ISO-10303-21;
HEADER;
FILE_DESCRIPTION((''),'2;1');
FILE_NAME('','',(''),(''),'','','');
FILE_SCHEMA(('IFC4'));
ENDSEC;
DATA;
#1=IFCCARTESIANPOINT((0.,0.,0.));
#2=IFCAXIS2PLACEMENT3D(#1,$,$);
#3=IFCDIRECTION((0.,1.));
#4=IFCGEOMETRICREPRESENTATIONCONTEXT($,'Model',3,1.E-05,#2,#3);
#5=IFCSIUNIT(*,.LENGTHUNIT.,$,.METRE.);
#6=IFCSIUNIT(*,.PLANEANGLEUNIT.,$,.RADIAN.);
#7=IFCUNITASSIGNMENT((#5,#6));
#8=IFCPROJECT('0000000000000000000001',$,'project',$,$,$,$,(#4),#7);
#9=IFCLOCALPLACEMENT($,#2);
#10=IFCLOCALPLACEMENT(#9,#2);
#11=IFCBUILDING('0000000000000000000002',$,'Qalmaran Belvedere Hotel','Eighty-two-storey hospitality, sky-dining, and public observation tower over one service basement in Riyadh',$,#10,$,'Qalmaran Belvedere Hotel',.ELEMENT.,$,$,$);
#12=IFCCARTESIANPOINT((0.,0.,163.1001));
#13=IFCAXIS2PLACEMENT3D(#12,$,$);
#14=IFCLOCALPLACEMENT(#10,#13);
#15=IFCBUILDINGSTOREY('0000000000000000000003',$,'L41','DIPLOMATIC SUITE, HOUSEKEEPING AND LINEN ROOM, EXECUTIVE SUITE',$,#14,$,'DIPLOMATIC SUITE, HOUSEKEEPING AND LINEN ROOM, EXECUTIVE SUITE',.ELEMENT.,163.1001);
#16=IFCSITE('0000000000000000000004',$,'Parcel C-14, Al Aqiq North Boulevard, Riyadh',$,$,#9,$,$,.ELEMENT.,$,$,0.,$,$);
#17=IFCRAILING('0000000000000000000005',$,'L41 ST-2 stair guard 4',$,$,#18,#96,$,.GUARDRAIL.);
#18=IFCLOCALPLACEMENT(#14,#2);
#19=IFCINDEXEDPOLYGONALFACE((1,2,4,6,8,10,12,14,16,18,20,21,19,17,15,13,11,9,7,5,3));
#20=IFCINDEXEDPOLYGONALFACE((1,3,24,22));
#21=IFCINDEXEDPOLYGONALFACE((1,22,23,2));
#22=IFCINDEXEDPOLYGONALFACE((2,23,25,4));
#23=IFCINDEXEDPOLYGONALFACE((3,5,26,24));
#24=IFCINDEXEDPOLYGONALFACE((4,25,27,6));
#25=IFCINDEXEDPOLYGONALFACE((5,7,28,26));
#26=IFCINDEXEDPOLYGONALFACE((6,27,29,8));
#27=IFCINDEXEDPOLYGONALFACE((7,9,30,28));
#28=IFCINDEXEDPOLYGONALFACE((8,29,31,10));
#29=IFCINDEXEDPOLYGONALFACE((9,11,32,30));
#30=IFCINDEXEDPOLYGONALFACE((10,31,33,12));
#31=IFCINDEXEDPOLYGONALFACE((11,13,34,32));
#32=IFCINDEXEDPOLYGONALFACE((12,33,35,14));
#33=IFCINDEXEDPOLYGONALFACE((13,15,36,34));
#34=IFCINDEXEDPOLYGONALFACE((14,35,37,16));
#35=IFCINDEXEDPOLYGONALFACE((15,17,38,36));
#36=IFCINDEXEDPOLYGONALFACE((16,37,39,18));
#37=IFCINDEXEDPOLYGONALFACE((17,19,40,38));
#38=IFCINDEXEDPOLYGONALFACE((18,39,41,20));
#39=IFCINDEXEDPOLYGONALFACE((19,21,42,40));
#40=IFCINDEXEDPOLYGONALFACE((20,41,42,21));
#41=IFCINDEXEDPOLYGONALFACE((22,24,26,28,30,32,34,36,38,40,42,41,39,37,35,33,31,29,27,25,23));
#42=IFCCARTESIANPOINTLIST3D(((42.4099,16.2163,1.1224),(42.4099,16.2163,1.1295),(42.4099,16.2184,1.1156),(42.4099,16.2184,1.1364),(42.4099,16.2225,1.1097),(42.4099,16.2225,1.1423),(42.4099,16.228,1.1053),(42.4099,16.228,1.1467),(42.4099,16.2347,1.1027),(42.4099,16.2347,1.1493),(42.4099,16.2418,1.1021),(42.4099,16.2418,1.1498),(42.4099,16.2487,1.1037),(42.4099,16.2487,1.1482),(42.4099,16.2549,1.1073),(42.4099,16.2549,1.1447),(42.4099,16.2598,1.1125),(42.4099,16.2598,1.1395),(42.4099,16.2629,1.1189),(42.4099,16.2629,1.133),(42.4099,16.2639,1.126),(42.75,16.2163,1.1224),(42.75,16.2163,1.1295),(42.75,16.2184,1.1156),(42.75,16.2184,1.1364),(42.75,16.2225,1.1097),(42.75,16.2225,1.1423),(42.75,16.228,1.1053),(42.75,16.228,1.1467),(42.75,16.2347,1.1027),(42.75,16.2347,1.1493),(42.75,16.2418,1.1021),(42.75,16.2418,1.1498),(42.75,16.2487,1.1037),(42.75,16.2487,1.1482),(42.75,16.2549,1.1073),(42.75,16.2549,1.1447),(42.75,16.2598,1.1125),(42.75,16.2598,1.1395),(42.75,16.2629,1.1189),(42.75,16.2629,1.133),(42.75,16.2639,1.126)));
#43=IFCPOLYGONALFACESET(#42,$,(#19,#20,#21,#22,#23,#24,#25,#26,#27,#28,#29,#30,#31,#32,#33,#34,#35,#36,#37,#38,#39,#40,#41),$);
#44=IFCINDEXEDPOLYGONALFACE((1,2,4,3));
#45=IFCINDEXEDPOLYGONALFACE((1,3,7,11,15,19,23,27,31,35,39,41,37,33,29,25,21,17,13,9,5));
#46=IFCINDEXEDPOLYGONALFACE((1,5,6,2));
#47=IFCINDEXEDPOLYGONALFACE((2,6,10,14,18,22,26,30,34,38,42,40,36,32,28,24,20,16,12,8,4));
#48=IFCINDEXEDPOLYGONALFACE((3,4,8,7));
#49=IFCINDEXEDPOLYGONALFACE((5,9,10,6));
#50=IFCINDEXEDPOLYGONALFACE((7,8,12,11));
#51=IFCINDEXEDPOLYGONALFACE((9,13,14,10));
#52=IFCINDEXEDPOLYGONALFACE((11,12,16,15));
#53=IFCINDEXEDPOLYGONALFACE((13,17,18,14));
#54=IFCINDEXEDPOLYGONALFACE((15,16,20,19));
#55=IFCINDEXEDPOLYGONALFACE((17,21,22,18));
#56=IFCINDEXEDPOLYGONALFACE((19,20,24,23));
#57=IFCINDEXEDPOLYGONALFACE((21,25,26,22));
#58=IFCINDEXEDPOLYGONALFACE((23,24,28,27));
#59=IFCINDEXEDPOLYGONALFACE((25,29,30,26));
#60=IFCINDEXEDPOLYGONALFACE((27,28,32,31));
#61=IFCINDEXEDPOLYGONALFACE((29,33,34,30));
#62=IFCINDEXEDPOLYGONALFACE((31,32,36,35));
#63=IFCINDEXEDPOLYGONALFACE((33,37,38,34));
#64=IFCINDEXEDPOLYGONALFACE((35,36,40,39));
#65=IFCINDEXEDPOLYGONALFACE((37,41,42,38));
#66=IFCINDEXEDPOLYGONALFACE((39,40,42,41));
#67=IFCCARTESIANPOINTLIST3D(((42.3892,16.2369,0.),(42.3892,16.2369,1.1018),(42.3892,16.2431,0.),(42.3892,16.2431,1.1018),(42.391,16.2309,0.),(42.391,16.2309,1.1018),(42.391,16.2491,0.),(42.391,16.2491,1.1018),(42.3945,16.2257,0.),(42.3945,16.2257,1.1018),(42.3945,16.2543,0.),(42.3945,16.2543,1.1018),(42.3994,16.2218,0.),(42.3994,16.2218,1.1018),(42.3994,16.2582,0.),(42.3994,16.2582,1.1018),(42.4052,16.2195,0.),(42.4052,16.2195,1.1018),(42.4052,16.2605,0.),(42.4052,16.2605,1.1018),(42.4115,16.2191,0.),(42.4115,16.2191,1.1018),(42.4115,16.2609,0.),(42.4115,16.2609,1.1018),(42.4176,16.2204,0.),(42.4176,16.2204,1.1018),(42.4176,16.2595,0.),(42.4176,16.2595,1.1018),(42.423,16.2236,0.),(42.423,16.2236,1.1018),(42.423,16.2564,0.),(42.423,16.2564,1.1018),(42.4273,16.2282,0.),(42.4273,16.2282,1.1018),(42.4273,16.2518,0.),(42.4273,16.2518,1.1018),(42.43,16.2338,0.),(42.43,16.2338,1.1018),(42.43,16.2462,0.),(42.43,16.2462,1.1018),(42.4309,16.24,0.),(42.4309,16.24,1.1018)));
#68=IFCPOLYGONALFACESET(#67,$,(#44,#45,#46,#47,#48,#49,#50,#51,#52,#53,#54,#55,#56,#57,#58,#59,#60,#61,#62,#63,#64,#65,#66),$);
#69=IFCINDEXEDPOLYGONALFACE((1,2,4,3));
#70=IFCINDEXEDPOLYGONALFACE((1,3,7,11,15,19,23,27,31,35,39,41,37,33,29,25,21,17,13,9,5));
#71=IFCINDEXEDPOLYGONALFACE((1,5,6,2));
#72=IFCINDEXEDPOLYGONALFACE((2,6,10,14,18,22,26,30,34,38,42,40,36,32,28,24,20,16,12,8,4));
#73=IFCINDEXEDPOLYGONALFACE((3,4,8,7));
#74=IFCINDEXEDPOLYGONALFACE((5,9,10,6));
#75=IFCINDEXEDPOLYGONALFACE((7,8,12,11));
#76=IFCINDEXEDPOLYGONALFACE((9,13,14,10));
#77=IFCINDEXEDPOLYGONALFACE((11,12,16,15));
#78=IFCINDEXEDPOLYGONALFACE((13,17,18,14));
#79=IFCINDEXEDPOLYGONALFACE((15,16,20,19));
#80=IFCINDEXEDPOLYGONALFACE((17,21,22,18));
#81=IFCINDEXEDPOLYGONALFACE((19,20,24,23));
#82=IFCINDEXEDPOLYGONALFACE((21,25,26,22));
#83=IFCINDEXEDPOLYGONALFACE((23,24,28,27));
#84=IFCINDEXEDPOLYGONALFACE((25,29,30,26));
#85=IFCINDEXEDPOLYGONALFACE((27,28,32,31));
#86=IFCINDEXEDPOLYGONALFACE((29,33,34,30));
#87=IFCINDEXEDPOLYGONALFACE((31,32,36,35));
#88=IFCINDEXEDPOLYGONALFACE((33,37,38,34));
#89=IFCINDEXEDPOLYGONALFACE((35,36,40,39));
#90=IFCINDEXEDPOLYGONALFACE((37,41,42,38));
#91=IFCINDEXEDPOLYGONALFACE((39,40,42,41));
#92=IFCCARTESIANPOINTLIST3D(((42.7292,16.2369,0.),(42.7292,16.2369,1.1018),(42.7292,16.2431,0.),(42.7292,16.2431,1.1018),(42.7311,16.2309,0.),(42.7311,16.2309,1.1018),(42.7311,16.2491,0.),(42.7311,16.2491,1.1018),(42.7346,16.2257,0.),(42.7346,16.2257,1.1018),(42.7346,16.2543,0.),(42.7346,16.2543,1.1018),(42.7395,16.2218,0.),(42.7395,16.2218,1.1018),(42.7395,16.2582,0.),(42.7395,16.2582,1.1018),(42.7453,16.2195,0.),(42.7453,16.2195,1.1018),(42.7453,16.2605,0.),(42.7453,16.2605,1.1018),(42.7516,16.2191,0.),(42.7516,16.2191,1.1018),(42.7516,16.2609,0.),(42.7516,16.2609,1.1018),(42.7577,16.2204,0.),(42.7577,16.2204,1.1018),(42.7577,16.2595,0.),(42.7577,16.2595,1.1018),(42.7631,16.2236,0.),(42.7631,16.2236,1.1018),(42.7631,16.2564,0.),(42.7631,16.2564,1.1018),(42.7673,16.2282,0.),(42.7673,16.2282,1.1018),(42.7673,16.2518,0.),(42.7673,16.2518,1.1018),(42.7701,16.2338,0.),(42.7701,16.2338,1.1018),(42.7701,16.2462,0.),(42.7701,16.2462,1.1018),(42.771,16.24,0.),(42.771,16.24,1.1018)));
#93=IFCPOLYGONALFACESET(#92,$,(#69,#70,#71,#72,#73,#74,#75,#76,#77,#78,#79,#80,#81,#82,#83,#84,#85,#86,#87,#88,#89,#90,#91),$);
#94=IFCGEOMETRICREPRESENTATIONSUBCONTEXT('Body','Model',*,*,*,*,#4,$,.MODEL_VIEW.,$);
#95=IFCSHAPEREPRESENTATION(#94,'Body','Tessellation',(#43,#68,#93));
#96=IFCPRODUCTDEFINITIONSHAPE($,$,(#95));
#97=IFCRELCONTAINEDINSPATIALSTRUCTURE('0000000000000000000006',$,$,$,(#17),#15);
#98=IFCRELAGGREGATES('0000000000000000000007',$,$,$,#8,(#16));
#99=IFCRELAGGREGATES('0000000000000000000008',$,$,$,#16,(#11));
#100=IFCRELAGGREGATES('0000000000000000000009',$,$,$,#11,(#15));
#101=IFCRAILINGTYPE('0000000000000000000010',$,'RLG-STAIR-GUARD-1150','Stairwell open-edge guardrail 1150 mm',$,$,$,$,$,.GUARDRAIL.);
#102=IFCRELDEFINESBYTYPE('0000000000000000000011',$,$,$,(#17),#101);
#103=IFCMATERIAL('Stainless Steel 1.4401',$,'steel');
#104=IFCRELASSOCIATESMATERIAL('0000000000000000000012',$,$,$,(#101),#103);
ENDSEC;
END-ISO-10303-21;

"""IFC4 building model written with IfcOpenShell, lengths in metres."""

from ifc_helpers import new_model, si_unit, direction, frame, origin, origin_2d, place, context, subcontext, project, spatial, circle, extrude, material, type_object, element, save


model = new_model("IFC4")

# Units and contexts
model_context = context("Model", 3, precision=1e-05, world=origin(), true_north=direction((0.0, 1.0)))
body_context = subcontext(model_context, "Body", "Model", "MODEL_VIEW")
ifc_project = project(units=[si_unit("LENGTHUNIT", "METRE"), si_unit("PLANEANGLEUNIT", "RADIAN")], contexts=[model_context])

# Site, building, storey
site_placement = place(None, origin())
site = spatial("IfcSite", under=ifc_project, at=site_placement, Name="Parcel C-14, Al Aqiq North Boulevard, Riyadh", CompositionType="ELEMENT", RefElevation=0.0)
building_placement = place(site_placement, origin())
building = spatial("IfcBuilding", under=site, at=building_placement, Name="Qalmaran Belvedere Hotel", Description="Eighty-two-storey hospitality, sky-dining, and public observation tower over one service basement in Riyadh", LongName="Qalmaran Belvedere Hotel", CompositionType="ELEMENT")
storey_placement = place(building_placement, frame((0.0, 0.0, 163.1001)))
storey = spatial("IfcBuildingStorey", under=building, at=storey_placement, Name="L41", Description="DIPLOMATIC SUITE, HOUSEKEEPING AND LINEN ROOM, EXECUTIVE SUITE", LongName="DIPLOMATIC SUITE, HOUSEKEEPING AND LINEN ROOM, EXECUTIVE SUITE", CompositionType="ELEMENT", Elevation=163.1001)

# Railing
ifc_material_1 = material(Name="Stainless Steel 1.4401", Category="steel")
railing_type_1 = type_object("IfcRailingType", Name="RLG-STAIR-GUARD-1150", Description="Stairwell open-edge guardrail 1150 mm", PredefinedType="GUARDRAIL", material=ifc_material_1)
railing_1_placement = place(storey_placement, frame((42.4099, 16.24, 0.0)))
element("IfcRailing", 1, at=railing_1_placement, inside=storey, type_object=railing_type_1, Name="L41 ST-2 stair guard 4", PredefinedType="GUARDRAIL", context=body_context, shape_type="SweptSolid", body=[
    extrude(circle(Radius=0.0239, at=origin_2d()), frame((0.0, 0.0, 1.126), z_axis=(1.0, 0.0, 0.0), x_axis=(0.0, 1.0, 0.0)), (0.0, 0.0, 1.0), 0.3401),
    extrude(circle(Radius=0.021, at=origin_2d()), origin(), (0.0, 0.0, 1.0), 1.1018),
    extrude(circle(Radius=0.021, at=origin_2d()), frame((0.3401, 0.0, 0.0)), (0.0, 0.0, 1.0), 1.1018),
])

save(model, "model.ifc")
